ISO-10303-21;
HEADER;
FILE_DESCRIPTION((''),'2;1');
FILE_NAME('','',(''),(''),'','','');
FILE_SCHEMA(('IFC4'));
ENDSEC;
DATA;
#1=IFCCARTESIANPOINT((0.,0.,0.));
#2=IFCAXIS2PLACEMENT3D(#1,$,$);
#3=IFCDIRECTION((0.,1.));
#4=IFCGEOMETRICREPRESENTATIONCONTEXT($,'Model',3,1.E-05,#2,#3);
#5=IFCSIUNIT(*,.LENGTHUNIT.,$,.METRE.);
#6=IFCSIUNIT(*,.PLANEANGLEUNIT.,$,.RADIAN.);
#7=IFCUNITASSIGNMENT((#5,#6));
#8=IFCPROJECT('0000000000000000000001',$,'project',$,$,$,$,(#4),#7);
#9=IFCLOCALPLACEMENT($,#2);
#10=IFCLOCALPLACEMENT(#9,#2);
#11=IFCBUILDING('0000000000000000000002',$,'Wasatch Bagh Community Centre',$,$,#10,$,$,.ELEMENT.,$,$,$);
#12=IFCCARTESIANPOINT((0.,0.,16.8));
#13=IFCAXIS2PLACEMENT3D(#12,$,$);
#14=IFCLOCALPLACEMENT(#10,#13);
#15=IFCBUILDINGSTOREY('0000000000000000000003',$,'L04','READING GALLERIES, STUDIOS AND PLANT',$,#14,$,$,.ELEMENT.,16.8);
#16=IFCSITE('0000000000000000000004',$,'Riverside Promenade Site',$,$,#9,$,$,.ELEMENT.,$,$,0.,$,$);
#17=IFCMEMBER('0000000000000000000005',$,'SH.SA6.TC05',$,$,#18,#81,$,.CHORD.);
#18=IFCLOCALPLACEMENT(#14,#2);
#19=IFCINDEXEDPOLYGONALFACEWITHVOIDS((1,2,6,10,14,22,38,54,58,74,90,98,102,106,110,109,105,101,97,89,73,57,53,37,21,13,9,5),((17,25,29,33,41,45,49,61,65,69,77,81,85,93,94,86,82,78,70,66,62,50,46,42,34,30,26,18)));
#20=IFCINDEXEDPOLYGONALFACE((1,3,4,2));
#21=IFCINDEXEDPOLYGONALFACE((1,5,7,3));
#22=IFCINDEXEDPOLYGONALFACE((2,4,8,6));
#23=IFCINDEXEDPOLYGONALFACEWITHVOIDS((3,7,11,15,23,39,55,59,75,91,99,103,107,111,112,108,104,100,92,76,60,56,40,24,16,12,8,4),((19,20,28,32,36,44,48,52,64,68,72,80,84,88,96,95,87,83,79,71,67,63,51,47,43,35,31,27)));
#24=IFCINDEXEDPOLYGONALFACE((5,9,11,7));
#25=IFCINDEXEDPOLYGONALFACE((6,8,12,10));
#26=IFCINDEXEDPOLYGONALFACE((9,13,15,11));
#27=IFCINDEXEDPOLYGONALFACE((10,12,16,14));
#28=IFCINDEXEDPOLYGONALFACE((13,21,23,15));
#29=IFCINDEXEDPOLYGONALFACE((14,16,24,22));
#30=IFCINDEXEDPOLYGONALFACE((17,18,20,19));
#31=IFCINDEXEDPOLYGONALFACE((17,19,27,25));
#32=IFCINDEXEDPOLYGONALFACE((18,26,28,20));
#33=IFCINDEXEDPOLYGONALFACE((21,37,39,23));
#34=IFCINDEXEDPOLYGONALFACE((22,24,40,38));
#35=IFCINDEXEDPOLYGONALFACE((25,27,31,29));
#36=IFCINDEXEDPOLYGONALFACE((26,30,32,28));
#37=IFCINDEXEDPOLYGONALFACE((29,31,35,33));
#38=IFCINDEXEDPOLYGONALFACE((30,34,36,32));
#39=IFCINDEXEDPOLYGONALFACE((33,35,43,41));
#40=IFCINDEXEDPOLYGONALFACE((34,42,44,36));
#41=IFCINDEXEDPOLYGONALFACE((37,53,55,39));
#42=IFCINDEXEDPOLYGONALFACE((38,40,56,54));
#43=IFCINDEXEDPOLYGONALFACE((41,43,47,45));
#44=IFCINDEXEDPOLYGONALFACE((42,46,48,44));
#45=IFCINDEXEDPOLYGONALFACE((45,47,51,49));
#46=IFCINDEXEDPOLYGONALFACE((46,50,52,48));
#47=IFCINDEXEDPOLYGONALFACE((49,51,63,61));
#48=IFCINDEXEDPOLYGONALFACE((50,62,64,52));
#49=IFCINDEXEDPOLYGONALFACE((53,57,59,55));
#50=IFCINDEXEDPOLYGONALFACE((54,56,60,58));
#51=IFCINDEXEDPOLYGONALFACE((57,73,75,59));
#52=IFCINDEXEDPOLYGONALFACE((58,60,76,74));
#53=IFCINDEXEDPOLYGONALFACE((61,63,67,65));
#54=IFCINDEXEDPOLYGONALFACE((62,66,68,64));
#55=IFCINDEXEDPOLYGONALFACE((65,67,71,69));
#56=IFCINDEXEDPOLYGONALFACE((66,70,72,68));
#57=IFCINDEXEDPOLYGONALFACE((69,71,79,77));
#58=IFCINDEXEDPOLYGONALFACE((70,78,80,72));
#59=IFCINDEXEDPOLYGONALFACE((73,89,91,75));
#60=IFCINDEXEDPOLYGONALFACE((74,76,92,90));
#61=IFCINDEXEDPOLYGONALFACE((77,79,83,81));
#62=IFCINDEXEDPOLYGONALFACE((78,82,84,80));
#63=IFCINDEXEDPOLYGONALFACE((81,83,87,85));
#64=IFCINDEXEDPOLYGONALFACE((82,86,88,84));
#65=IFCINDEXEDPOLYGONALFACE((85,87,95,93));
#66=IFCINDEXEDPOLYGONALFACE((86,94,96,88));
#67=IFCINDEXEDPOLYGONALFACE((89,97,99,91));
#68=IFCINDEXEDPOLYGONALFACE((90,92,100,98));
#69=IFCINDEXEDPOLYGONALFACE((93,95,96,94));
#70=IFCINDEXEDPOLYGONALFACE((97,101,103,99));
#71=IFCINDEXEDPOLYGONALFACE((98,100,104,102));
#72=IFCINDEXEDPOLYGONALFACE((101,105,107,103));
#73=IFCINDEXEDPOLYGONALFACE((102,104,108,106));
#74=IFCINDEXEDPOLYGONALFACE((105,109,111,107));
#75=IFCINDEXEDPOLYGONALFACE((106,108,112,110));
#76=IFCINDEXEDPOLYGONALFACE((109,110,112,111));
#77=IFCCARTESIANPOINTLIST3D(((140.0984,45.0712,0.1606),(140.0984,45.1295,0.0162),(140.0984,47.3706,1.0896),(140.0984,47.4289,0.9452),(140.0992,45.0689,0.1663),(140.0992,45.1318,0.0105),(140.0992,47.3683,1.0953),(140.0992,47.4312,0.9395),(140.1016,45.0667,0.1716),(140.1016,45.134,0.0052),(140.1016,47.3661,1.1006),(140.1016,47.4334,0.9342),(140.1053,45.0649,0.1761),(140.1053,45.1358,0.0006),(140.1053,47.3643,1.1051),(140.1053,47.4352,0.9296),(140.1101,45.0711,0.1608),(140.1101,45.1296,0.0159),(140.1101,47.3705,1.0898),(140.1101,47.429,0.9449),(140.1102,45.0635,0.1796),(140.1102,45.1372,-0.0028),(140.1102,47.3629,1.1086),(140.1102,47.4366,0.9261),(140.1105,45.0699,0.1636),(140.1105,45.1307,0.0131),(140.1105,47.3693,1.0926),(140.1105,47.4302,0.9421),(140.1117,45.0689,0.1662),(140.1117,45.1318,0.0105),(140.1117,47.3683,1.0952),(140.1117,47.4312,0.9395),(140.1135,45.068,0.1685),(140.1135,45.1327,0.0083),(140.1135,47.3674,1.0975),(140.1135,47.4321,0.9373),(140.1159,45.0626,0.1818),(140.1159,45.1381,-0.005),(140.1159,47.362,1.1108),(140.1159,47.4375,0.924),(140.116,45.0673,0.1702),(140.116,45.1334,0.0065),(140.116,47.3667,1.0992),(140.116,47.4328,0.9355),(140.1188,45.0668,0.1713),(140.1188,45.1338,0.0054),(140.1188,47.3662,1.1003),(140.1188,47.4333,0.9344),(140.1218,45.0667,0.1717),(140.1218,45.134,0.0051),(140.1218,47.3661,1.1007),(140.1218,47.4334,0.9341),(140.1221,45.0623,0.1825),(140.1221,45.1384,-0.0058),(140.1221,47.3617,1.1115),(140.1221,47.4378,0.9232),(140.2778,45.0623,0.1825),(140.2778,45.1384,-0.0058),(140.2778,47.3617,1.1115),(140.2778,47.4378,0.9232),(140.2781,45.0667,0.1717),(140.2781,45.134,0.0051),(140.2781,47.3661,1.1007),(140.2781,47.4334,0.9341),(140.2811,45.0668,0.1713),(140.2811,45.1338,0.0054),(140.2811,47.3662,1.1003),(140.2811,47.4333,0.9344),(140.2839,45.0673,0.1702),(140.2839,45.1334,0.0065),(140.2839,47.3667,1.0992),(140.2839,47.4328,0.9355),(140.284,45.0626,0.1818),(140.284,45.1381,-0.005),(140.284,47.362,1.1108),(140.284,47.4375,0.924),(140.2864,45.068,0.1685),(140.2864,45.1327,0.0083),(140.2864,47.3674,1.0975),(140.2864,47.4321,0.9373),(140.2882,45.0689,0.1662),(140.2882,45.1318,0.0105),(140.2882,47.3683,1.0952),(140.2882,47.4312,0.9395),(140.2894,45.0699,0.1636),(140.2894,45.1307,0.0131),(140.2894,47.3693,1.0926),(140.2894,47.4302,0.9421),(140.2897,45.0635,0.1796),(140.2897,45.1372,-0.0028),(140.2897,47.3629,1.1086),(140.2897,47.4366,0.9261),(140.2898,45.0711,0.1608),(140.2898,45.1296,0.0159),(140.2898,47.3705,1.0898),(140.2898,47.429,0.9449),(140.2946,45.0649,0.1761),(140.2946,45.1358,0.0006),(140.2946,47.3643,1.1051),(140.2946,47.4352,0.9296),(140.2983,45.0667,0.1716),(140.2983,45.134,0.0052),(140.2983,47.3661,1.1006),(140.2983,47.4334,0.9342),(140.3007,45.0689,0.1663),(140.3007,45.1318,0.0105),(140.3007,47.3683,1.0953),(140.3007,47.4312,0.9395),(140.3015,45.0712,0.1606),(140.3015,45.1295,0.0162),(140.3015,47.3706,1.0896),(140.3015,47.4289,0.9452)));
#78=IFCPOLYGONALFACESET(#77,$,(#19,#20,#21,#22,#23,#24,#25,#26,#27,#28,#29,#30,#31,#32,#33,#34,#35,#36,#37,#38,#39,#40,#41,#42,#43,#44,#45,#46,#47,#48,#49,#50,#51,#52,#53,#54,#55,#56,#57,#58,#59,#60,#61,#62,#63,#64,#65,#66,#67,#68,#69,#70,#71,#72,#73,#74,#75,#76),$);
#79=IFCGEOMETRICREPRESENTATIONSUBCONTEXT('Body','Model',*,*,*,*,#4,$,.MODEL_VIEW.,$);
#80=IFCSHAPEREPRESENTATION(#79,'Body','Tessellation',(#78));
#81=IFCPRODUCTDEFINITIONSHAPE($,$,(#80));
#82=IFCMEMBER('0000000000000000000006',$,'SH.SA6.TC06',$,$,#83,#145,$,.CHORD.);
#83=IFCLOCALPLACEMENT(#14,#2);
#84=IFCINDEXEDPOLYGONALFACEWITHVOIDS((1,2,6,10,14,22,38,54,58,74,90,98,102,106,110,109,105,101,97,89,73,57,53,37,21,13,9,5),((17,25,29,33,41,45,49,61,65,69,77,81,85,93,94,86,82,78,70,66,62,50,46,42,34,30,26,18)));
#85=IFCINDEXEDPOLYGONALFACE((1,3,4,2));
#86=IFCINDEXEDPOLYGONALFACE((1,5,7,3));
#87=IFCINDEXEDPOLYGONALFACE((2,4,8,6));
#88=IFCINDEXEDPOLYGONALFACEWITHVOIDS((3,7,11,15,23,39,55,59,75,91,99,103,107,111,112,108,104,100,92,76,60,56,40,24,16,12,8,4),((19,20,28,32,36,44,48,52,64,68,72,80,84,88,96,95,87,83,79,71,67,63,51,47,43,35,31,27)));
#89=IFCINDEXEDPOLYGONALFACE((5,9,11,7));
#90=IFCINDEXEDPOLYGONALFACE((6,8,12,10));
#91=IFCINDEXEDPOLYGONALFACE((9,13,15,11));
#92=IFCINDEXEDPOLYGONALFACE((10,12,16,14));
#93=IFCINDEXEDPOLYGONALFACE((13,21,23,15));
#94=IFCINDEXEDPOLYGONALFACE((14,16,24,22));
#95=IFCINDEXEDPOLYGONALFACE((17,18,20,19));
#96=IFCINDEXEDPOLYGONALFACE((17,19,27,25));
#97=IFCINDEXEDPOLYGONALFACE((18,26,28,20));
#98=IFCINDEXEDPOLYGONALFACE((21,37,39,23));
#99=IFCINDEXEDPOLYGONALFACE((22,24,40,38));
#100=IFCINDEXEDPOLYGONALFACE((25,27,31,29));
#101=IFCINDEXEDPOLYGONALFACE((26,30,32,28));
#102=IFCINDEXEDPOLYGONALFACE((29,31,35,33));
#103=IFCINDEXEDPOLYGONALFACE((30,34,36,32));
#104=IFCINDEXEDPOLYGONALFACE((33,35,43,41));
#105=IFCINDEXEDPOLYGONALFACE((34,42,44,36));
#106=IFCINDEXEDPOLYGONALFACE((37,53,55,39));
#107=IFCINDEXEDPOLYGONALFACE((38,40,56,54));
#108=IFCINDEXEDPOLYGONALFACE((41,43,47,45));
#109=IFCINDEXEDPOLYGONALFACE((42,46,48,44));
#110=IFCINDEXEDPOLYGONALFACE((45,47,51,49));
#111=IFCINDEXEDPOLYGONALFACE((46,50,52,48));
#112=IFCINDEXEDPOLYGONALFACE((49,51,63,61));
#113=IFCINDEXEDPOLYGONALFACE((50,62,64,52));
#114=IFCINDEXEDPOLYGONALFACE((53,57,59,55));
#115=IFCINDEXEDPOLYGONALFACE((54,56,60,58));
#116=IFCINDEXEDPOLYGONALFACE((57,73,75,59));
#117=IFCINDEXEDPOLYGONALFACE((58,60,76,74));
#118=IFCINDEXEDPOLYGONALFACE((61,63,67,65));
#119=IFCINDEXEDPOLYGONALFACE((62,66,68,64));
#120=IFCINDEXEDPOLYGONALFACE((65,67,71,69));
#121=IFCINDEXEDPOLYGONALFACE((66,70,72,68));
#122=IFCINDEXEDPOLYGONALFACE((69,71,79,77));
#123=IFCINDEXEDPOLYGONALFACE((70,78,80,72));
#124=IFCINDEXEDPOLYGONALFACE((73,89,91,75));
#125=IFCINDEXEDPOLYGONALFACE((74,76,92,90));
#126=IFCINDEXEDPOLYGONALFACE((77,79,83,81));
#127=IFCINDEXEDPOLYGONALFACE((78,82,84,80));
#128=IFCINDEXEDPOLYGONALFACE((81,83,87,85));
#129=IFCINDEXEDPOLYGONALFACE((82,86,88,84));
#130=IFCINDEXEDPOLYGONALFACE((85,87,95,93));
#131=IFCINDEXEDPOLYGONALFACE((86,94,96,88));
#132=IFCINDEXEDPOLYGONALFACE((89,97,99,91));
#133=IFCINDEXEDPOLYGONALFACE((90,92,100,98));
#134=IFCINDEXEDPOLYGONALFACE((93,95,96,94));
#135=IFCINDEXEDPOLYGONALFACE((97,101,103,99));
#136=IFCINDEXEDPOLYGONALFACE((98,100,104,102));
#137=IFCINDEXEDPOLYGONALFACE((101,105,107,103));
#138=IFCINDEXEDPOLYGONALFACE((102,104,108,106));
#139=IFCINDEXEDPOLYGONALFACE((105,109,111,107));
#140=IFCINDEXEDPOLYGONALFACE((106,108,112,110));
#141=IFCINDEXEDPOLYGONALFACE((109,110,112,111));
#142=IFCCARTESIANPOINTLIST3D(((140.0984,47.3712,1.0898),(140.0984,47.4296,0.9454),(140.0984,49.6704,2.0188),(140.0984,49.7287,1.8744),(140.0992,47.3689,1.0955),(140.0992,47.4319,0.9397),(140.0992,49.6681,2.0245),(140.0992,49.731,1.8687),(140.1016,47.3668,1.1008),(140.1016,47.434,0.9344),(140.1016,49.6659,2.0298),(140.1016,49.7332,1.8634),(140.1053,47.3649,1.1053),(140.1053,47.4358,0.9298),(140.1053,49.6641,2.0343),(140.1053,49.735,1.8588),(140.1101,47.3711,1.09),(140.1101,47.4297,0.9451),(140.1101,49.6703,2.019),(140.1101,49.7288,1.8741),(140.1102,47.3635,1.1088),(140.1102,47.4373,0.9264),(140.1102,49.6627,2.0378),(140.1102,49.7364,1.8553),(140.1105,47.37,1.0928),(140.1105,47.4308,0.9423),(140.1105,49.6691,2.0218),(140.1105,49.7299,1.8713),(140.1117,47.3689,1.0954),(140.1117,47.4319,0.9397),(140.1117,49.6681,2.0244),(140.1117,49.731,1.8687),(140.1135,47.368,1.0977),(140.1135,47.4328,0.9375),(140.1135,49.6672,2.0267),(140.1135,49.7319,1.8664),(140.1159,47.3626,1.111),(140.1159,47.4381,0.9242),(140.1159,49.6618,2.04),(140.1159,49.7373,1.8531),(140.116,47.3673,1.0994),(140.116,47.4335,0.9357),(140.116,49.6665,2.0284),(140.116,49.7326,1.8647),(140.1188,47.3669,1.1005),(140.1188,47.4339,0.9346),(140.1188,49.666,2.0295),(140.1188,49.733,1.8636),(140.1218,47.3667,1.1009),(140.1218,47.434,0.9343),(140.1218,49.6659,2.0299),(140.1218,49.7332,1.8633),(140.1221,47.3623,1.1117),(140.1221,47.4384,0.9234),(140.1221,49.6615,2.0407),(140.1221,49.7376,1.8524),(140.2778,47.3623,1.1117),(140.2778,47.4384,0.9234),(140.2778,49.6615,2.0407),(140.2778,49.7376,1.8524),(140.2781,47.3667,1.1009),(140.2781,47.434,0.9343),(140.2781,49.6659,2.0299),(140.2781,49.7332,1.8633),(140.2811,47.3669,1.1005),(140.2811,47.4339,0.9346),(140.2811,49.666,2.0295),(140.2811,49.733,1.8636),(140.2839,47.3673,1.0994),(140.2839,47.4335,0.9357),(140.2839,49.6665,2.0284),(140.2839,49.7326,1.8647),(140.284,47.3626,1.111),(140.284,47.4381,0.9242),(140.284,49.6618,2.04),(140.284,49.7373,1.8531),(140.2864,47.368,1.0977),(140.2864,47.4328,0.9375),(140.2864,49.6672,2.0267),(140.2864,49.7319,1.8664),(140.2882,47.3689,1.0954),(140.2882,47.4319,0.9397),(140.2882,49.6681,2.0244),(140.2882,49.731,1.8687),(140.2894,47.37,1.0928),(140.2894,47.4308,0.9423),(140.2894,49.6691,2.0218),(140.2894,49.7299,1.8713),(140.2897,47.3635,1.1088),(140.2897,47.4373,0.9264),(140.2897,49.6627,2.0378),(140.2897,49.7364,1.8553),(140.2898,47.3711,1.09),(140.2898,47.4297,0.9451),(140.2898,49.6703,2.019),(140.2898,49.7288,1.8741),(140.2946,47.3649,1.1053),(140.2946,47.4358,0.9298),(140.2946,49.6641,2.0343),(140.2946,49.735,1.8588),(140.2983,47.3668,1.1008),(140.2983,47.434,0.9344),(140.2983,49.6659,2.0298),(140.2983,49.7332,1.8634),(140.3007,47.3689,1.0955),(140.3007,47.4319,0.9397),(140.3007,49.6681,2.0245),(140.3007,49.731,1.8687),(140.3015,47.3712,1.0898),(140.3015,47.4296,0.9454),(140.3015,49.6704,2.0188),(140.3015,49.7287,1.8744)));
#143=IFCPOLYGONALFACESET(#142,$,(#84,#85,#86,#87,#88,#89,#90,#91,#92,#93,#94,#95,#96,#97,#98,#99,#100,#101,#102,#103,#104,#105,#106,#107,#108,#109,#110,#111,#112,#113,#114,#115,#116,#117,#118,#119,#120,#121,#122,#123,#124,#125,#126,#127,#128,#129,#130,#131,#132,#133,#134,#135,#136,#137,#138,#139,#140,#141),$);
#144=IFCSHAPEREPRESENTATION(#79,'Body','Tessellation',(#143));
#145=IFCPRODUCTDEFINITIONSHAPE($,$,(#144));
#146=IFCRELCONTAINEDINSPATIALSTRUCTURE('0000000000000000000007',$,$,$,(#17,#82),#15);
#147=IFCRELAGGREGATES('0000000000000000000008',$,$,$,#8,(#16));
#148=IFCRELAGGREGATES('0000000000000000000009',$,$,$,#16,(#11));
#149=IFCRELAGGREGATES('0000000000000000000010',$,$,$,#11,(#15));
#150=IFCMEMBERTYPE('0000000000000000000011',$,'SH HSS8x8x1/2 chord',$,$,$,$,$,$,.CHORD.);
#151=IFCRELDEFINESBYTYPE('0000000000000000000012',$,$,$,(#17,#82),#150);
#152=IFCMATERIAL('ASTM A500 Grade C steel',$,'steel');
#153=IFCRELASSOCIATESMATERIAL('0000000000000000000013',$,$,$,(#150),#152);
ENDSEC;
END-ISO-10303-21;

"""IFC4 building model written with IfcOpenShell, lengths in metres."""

from ifc_helpers import new_model, si_unit, direction, frame, origin, origin_2d, place, context, subcontext, project, spatial, hollow_rectangle, extrude, material, material_profile, profile_set, type_object, element, save


model = new_model("IFC4")

# Units and contexts
model_context = context("Model", 3, precision=1e-05, world=origin(), true_north=direction((0.0, 1.0)))
body_context = subcontext(model_context, "Body", "Model", "MODEL_VIEW")
ifc_project = project(units=[si_unit("LENGTHUNIT", "METRE"), si_unit("PLANEANGLEUNIT", "RADIAN")], contexts=[model_context])

# Site, building, storey
site_placement = place(None, origin())
site = spatial("IfcSite", under=ifc_project, at=site_placement, Name="Riverside Promenade Site", CompositionType="ELEMENT", RefElevation=0.0)
building_placement = place(site_placement, origin())
building = spatial("IfcBuilding", under=site, at=building_placement, Name="Wasatch Bagh Community Centre", CompositionType="ELEMENT")
storey_placement = place(building_placement, frame((0.0, 0.0, 16.8)))
storey = spatial("IfcBuildingStorey", under=building, at=storey_placement, Name="L04", Description="READING GALLERIES, STUDIOS AND PLANT", CompositionType="ELEMENT", Elevation=16.8)

# Members
ifc_material_1 = material(Name="ASTM A500 Grade C steel", Category="steel")
ifc_material_profile_1 = material_profile(ifc_material_1, hollow_rectangle(XDim=0.2031, YDim=0.2031, WallThickness=0.0117, InnerFilletRadius=0.0117, OuterFilletRadius=0.0237, at=origin_2d()), Name="HSS8x8x1/2")
ifc_profile_set_1 = profile_set([ifc_material_profile_1], Name="ASTM A500 Grade C steel")
member_type_1 = type_object("IfcMemberType", Name="SH HSS8x8x1/2 chord", PredefinedType="CHORD", material=ifc_profile_set_1)
member_1_placement = place(storey_placement, frame((140.2, 45.1003, 0.0884), z_axis=(0.0, 0.927188, 0.374597), x_axis=(-1.0, 0.0, 0.0)))
element("IfcMember", 1, at=member_1_placement, inside=storey, type_object=member_type_1, Name="SH.SA6.TC05", PredefinedType="CHORD", context=body_context, shape_type="SweptSolid", body=[
    extrude(hollow_rectangle(XDim=0.2031, YDim=0.2031, WallThickness=0.0117, InnerFilletRadius=0.0117, OuterFilletRadius=0.0237, at=origin_2d()), origin(), (0.0, 0.0, 1.0), 2.48),
])
member_2_placement = place(storey_placement, frame((140.2, 47.4004, 1.0176), z_axis=(0.0, 0.927174, 0.374631), x_axis=(-1.0, 0.0, 0.0)))
element("IfcMember", 2, at=member_2_placement, inside=storey, type_object=member_type_1, Name="SH.SA6.TC06", PredefinedType="CHORD", context=body_context, shape_type="SweptSolid", body=[
    extrude(hollow_rectangle(XDim=0.2031, YDim=0.2031, WallThickness=0.0117, InnerFilletRadius=0.0117, OuterFilletRadius=0.0237, at=origin_2d()), origin(), (0.0, 0.0, 1.0), 2.4797),
])

save(model, "model.ifc")
